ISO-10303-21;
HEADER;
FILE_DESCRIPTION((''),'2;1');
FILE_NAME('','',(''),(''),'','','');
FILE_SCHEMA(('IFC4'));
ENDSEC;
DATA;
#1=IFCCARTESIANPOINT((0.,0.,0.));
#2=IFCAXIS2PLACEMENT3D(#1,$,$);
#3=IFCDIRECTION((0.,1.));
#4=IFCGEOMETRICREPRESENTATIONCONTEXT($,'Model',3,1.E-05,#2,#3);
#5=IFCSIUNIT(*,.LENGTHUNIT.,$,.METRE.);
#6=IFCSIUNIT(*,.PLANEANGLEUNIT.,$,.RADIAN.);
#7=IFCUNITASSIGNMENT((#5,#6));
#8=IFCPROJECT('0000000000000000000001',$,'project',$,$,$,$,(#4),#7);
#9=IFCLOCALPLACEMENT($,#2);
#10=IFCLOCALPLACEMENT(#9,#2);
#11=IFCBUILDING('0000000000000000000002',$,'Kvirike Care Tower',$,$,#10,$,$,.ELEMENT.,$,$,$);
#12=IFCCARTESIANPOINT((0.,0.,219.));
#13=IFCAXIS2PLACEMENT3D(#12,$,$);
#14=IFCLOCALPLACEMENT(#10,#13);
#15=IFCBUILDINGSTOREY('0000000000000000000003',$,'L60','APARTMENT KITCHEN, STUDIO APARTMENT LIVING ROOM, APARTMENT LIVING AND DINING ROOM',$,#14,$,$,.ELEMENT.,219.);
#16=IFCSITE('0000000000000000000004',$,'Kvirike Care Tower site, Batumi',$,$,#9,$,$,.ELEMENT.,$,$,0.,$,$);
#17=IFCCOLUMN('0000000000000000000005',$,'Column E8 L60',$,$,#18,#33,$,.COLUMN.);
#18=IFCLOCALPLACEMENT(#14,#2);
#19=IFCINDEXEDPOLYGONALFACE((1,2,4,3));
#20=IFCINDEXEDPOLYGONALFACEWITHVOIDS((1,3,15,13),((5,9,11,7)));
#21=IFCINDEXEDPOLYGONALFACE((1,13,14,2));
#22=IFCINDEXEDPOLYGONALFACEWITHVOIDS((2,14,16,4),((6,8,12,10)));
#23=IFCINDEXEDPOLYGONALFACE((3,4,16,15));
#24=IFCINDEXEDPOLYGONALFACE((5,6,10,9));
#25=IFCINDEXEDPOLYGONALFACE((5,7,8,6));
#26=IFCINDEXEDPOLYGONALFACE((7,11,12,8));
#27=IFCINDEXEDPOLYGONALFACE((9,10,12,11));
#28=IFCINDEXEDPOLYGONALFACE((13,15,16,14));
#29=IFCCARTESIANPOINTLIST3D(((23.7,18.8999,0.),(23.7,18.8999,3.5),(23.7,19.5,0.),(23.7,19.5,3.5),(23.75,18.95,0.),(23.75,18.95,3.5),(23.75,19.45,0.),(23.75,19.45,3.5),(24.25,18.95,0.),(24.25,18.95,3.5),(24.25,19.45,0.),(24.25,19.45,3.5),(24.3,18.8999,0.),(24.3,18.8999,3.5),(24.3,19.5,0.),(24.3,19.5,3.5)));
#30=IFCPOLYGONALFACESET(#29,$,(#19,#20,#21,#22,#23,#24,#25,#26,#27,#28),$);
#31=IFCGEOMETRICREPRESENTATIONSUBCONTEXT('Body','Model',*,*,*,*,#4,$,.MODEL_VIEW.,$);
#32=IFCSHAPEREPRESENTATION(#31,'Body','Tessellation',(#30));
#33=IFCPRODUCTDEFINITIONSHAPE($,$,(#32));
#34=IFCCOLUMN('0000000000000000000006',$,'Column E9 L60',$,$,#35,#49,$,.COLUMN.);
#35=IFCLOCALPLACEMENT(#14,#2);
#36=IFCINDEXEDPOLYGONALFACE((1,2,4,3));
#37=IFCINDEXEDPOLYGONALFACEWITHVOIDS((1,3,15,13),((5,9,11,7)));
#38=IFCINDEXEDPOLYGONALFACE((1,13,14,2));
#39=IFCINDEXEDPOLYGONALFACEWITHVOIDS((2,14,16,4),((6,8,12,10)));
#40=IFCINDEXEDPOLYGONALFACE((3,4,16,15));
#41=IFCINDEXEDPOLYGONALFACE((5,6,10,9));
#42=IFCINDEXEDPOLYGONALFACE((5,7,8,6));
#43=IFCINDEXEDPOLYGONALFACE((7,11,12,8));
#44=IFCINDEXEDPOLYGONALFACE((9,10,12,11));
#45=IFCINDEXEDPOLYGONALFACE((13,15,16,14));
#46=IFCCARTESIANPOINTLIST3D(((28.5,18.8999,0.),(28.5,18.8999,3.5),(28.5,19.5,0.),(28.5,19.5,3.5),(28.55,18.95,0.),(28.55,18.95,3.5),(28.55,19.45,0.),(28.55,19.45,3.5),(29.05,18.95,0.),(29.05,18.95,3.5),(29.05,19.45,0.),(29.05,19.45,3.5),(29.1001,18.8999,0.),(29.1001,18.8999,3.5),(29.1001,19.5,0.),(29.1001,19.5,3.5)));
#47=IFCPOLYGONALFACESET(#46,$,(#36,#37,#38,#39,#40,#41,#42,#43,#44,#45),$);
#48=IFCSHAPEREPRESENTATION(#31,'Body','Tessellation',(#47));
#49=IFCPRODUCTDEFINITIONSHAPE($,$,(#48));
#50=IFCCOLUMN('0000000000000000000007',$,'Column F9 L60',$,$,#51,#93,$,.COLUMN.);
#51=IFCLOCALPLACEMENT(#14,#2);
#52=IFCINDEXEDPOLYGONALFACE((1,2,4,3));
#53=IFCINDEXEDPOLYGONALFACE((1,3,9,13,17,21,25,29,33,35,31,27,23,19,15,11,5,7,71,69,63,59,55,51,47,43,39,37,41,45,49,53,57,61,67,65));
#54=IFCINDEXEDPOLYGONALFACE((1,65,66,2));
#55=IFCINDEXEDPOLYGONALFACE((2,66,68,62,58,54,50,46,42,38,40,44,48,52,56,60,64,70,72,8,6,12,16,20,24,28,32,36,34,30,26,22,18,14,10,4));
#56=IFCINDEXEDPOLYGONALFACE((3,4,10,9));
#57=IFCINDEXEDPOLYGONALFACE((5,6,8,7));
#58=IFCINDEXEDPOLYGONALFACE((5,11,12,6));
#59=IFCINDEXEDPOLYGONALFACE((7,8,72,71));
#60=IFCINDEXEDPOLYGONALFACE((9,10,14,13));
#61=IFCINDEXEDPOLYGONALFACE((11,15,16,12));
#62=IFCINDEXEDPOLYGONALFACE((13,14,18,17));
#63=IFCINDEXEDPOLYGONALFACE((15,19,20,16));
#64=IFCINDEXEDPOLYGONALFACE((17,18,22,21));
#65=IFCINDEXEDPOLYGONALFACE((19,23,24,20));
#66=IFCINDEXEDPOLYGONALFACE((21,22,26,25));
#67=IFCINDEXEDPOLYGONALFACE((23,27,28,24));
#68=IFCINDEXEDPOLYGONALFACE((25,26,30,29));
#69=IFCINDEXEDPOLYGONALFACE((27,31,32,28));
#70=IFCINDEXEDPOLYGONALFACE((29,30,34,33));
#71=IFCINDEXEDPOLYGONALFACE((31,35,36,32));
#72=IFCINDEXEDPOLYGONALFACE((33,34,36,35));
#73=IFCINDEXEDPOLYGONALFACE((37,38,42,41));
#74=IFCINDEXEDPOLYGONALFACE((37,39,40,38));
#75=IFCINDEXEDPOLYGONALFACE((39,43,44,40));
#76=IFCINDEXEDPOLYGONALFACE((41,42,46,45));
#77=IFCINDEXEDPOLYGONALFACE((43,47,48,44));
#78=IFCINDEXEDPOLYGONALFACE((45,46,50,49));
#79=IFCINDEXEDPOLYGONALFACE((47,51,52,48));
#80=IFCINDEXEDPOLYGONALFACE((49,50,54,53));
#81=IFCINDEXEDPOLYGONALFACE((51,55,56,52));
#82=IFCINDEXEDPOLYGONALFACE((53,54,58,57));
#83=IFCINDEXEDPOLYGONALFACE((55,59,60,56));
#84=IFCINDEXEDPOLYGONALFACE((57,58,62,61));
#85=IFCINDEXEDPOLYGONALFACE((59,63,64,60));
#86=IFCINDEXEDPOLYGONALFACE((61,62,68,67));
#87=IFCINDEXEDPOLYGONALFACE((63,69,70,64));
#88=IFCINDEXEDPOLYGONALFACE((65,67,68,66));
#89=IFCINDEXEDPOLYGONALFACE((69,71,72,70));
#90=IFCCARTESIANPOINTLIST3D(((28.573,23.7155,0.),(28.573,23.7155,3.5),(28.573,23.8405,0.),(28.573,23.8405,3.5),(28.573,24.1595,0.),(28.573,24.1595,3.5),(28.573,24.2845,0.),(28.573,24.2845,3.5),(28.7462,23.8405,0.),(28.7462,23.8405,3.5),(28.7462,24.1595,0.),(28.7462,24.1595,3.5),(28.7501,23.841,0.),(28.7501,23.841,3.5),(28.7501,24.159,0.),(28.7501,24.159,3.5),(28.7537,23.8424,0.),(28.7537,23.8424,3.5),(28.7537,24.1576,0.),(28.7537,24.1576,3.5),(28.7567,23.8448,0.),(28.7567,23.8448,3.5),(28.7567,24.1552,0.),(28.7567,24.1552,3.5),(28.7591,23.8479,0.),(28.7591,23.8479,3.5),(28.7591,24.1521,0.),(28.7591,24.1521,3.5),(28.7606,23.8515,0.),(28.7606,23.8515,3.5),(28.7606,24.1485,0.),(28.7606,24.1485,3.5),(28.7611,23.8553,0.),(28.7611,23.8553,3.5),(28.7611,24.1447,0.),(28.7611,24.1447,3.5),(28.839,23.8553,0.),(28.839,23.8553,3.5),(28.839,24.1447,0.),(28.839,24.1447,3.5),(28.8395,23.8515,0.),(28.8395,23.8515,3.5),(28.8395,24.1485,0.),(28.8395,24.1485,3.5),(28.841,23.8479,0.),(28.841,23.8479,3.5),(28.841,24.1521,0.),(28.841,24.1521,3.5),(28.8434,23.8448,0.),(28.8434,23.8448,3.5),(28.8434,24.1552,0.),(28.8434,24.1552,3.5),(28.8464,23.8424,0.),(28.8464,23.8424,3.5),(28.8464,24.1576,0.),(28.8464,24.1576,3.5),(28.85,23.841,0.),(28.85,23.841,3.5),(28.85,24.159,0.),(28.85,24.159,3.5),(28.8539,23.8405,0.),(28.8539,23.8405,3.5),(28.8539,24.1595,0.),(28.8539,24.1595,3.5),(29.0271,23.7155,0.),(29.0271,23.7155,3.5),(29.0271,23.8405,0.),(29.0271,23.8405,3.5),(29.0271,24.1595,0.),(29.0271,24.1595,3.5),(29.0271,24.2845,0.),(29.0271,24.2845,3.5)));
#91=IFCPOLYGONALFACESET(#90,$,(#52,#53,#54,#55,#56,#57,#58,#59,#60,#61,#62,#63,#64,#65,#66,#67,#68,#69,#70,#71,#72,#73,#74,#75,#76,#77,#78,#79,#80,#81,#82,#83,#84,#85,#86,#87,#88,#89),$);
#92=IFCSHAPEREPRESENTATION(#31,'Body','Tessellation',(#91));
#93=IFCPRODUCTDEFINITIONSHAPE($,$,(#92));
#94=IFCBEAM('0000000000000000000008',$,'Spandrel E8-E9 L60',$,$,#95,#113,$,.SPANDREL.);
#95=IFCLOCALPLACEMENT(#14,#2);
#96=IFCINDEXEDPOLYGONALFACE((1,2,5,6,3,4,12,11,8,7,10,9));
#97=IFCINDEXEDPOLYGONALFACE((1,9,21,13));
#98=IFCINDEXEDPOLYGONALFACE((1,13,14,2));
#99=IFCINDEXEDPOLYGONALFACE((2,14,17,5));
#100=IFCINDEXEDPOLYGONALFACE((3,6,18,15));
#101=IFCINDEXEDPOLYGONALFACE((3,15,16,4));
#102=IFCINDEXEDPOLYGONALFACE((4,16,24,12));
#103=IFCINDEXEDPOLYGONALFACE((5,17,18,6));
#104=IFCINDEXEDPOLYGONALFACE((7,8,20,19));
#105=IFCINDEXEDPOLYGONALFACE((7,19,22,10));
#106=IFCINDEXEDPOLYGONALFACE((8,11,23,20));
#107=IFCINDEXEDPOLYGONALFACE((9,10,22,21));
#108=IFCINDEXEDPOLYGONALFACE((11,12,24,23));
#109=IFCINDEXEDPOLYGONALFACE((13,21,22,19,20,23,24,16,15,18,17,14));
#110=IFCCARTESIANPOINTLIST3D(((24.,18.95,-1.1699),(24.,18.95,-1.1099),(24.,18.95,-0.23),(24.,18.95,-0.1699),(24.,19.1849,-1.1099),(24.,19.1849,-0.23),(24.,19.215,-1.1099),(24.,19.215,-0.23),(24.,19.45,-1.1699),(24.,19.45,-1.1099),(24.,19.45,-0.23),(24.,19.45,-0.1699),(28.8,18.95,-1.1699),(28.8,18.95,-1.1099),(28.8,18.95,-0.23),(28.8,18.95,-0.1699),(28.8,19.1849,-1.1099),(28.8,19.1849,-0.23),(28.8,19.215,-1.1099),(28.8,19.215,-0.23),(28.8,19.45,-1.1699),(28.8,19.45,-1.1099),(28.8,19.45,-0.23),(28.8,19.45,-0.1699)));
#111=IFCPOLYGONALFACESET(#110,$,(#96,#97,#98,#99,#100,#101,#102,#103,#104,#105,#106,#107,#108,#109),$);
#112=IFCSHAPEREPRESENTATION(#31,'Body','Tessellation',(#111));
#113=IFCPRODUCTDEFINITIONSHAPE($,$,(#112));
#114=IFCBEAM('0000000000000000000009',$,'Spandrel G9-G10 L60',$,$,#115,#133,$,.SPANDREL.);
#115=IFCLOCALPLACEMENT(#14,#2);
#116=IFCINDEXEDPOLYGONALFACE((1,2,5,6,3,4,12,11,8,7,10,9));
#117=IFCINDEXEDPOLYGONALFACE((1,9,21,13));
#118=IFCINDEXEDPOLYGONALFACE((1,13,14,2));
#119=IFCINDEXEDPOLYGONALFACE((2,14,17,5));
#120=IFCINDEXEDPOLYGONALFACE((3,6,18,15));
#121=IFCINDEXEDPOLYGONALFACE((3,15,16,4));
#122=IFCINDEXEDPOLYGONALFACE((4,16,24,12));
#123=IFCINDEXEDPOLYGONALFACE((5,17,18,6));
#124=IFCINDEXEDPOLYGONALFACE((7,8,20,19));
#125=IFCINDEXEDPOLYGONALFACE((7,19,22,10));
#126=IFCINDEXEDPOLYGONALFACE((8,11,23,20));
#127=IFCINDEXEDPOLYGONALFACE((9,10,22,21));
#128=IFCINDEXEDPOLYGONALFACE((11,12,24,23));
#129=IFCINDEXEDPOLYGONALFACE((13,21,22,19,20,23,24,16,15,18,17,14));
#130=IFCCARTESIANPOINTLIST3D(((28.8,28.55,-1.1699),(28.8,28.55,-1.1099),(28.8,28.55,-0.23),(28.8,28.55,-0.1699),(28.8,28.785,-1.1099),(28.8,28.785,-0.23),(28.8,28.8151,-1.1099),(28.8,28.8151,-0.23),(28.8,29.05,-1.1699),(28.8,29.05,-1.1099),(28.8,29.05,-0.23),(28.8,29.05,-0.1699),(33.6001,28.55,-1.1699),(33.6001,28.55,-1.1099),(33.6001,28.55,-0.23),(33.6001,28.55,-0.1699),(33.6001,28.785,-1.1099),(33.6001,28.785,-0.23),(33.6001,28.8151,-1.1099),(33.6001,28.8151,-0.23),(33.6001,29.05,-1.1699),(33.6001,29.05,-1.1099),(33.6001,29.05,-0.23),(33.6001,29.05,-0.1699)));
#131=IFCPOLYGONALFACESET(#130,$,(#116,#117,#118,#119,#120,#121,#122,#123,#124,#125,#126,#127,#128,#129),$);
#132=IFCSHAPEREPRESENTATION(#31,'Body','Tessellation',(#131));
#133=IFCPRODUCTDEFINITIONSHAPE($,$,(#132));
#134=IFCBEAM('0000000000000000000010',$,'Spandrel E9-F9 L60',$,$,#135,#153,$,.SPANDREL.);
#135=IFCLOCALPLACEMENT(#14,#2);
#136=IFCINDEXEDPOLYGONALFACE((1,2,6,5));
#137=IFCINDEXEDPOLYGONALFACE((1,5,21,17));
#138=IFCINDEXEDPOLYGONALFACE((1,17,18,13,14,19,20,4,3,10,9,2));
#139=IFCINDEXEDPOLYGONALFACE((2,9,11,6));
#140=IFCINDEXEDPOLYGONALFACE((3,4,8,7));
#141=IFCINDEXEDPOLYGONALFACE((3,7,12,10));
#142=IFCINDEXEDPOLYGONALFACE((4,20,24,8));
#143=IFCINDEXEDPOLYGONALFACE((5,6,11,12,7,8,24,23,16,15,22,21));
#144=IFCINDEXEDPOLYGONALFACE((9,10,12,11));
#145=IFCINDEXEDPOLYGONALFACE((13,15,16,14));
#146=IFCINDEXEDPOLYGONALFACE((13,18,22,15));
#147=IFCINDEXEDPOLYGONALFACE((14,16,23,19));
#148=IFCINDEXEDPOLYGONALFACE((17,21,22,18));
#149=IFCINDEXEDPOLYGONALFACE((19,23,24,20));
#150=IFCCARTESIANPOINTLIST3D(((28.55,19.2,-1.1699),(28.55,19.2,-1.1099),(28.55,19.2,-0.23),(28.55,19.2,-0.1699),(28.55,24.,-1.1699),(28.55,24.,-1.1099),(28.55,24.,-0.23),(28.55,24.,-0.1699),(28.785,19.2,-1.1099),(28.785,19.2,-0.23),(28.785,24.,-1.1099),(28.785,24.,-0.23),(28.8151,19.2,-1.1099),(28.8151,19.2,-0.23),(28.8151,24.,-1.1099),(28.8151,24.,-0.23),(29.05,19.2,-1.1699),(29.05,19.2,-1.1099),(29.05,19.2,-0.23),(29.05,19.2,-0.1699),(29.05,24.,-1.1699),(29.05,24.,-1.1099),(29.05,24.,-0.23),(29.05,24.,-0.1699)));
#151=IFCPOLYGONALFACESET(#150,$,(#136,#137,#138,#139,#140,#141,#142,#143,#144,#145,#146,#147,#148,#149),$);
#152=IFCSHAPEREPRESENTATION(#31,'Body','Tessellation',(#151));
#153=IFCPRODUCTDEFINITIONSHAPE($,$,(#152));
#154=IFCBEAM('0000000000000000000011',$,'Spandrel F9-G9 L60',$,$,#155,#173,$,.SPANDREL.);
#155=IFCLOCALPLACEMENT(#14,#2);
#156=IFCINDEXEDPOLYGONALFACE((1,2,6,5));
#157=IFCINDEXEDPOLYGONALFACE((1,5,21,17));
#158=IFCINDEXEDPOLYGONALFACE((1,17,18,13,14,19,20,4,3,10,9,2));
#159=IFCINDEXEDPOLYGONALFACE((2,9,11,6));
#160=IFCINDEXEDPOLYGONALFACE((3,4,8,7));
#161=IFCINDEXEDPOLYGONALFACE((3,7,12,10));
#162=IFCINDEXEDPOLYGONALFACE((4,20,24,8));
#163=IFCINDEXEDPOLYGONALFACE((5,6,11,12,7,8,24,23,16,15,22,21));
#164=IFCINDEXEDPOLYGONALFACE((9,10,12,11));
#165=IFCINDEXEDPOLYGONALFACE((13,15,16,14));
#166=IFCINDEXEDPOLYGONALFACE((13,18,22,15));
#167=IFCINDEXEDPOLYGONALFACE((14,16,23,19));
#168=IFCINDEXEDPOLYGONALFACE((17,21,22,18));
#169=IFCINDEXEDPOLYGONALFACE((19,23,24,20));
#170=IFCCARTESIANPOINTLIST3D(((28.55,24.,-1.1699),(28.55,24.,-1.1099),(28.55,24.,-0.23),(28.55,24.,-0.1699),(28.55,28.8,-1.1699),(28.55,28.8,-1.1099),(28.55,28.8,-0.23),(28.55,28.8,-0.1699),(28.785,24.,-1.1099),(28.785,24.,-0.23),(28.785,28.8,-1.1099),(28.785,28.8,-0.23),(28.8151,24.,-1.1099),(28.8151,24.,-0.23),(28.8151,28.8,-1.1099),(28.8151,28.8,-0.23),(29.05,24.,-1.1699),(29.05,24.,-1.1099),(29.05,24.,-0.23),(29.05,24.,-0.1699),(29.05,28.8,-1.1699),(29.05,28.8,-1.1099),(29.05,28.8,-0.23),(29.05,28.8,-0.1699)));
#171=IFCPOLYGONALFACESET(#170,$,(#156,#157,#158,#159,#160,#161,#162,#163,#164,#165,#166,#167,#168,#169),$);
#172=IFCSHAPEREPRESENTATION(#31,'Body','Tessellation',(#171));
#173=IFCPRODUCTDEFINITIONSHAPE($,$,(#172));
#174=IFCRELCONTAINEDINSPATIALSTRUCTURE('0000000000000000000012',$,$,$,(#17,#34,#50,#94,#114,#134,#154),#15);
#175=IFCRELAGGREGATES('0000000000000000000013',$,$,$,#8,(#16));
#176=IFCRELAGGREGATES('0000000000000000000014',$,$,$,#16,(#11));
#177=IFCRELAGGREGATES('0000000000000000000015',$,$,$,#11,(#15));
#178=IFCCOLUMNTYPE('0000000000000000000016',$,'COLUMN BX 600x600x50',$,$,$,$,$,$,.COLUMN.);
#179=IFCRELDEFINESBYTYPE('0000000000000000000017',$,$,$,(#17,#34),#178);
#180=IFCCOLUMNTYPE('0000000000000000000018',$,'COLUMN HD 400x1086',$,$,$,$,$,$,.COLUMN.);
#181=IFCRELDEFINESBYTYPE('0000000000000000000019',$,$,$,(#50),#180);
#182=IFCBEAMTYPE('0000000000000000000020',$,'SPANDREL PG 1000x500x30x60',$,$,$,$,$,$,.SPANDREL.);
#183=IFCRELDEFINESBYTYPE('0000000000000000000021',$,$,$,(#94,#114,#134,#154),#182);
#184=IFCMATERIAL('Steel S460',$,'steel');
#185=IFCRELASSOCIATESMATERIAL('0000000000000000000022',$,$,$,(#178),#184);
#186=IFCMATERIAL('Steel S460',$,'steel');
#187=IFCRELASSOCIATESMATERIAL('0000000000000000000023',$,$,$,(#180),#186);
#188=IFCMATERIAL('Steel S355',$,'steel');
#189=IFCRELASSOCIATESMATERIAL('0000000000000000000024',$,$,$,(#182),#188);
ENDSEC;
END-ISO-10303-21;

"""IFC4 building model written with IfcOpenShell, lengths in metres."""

from ifc_helpers import new_model, si_unit, direction, frame, origin, origin_2d, place, context, subcontext, project, spatial, hollow_rectangle, i_section, extrude, material, material_profile, profile_set, type_object, element, save


model = new_model("IFC4")

# Units and contexts
model_context = context("Model", 3, precision=1e-05, world=origin(), true_north=direction((0.0, 1.0)))
body_context = subcontext(model_context, "Body", "Model", "MODEL_VIEW")
ifc_project = project(units=[si_unit("LENGTHUNIT", "METRE"), si_unit("PLANEANGLEUNIT", "RADIAN")], contexts=[model_context])

# Site, building, storey
site_placement = place(None, origin())
site = spatial("IfcSite", under=ifc_project, at=site_placement, Name="Kvirike Care Tower site, Batumi", CompositionType="ELEMENT", RefElevation=0.0)
building_placement = place(site_placement, origin())
building = spatial("IfcBuilding", under=site, at=building_placement, Name="Kvirike Care Tower", CompositionType="ELEMENT")
storey_placement = place(building_placement, frame((0.0, 0.0, 219.0)))
storey = spatial("IfcBuildingStorey", under=building, at=storey_placement, Name="L60", Description="APARTMENT KITCHEN, STUDIO APARTMENT LIVING ROOM, APARTMENT LIVING AND DINING ROOM", CompositionType="ELEMENT", Elevation=219.0)

# Columns
ifc_material_1 = material(Name="Steel S460", Category="steel")
ifc_material_profile_1 = material_profile(ifc_material_1, hollow_rectangle(XDim=0.6001, YDim=0.6001, WallThickness=0.05, at=origin_2d()), Name="BX 600x600x50")
ifc_profile_set_1 = profile_set([ifc_material_profile_1], Name="Steel S460")
column_type_1 = type_object("IfcColumnType", Name="COLUMN BX 600x600x50", PredefinedType="COLUMN", material=ifc_profile_set_1)
for number, where, z_axis, x_axis, name in (
    (1, (24.0, 19.2, 0.0), (0.0, 0.0, 1.0), (0.0, 1.0, 0.0), "Column E8 L60"),
    (2, (28.8, 19.2, 0.0), (0.0, 0.0, 1.0), (0.0, 1.0, 0.0), "Column E9 L60"),
):
    element("IfcColumn", number, at=place(storey_placement, frame(where, z_axis=z_axis, x_axis=x_axis)), inside=storey, type_object=column_type_1, Name=name, PredefinedType="COLUMN", context=body_context, shape_type="SweptSolid", body=[
        extrude(hollow_rectangle(XDim=0.6001, YDim=0.6001, WallThickness=0.05, at=origin_2d()), origin(), (0.0, 0.0, 1.0), 3.5),
    ])
ifc_material_2 = material(Name="Steel S460", Category="steel")
ifc_material_profile_2 = material_profile(ifc_material_2, i_section(OverallWidth=0.4541, OverallDepth=0.5691, WebThickness=0.0779, FlangeThickness=0.125, FilletRadius=0.0149, at=origin_2d()), Name="HD 400x1086")
ifc_profile_set_2 = profile_set([ifc_material_profile_2], Name="Steel S460")
column_type_2 = type_object("IfcColumnType", Name="COLUMN HD 400x1086", PredefinedType="COLUMN", material=ifc_profile_set_2)
column_placement = place(storey_placement, frame((28.8, 24.0, 0.0), z_axis=(0.0, 0.0, 1.0), x_axis=(1.0, 0.0, 0.0)))
element("IfcColumn", 3, at=column_placement, inside=storey, type_object=column_type_2, Name="Column F9 L60", PredefinedType="COLUMN", context=body_context, shape_type="SweptSolid", body=[
    extrude(i_section(OverallWidth=0.4541, OverallDepth=0.5691, WebThickness=0.0779, FlangeThickness=0.125, FilletRadius=0.0149, at=origin_2d()), origin(), (0.0, 0.0, 1.0), 3.5),
])

# Beams
ifc_material_3 = material(Name="Steel S355", Category="steel")
ifc_material_profile_3 = material_profile(ifc_material_3, i_section(OverallWidth=0.5, OverallDepth=1.0, WebThickness=0.03, FlangeThickness=0.0601, at=origin_2d()), Name="PG 1000x500x30x60")
ifc_profile_set_3 = profile_set([ifc_material_profile_3], Name="Steel S355")
beam_type = type_object("IfcBeamType", Name="SPANDREL PG 1000x500x30x60", PredefinedType="SPANDREL", material=ifc_profile_set_3)
for number, where, z_axis, x_axis, name in (
    (4, (24.0, 19.2, -0.6699), (1.0, 0.0, 0.0), (0.0, 1.0, 0.0), "Spandrel E8-E9 L60"),
    (5, (28.8, 28.8, -0.6699), (1.0, 0.0, 0.0), (0.0, 1.0, 0.0), "Spandrel G9-G10 L60"),
    (6, (28.8, 19.2, -0.6699), (0.0, 1.0, 0.0), (-1.0, 0.0, 0.0), "Spandrel E9-F9 L60"),
    (7, (28.8, 24.0, -0.6699), (0.0, 1.0, 0.0), (-1.0, 0.0, 0.0), "Spandrel F9-G9 L60"),
):
    element("IfcBeam", number, at=place(storey_placement, frame(where, z_axis=z_axis, x_axis=x_axis)), inside=storey, type_object=beam_type, Name=name, PredefinedType="SPANDREL", context=body_context, shape_type="SweptSolid", body=[
        extrude(i_section(OverallWidth=0.5, OverallDepth=1.0, WebThickness=0.03, FlangeThickness=0.0601, at=origin_2d()), origin(), (0.0, 0.0, 1.0), 4.8),
    ])

save(model, "model.ifc")
